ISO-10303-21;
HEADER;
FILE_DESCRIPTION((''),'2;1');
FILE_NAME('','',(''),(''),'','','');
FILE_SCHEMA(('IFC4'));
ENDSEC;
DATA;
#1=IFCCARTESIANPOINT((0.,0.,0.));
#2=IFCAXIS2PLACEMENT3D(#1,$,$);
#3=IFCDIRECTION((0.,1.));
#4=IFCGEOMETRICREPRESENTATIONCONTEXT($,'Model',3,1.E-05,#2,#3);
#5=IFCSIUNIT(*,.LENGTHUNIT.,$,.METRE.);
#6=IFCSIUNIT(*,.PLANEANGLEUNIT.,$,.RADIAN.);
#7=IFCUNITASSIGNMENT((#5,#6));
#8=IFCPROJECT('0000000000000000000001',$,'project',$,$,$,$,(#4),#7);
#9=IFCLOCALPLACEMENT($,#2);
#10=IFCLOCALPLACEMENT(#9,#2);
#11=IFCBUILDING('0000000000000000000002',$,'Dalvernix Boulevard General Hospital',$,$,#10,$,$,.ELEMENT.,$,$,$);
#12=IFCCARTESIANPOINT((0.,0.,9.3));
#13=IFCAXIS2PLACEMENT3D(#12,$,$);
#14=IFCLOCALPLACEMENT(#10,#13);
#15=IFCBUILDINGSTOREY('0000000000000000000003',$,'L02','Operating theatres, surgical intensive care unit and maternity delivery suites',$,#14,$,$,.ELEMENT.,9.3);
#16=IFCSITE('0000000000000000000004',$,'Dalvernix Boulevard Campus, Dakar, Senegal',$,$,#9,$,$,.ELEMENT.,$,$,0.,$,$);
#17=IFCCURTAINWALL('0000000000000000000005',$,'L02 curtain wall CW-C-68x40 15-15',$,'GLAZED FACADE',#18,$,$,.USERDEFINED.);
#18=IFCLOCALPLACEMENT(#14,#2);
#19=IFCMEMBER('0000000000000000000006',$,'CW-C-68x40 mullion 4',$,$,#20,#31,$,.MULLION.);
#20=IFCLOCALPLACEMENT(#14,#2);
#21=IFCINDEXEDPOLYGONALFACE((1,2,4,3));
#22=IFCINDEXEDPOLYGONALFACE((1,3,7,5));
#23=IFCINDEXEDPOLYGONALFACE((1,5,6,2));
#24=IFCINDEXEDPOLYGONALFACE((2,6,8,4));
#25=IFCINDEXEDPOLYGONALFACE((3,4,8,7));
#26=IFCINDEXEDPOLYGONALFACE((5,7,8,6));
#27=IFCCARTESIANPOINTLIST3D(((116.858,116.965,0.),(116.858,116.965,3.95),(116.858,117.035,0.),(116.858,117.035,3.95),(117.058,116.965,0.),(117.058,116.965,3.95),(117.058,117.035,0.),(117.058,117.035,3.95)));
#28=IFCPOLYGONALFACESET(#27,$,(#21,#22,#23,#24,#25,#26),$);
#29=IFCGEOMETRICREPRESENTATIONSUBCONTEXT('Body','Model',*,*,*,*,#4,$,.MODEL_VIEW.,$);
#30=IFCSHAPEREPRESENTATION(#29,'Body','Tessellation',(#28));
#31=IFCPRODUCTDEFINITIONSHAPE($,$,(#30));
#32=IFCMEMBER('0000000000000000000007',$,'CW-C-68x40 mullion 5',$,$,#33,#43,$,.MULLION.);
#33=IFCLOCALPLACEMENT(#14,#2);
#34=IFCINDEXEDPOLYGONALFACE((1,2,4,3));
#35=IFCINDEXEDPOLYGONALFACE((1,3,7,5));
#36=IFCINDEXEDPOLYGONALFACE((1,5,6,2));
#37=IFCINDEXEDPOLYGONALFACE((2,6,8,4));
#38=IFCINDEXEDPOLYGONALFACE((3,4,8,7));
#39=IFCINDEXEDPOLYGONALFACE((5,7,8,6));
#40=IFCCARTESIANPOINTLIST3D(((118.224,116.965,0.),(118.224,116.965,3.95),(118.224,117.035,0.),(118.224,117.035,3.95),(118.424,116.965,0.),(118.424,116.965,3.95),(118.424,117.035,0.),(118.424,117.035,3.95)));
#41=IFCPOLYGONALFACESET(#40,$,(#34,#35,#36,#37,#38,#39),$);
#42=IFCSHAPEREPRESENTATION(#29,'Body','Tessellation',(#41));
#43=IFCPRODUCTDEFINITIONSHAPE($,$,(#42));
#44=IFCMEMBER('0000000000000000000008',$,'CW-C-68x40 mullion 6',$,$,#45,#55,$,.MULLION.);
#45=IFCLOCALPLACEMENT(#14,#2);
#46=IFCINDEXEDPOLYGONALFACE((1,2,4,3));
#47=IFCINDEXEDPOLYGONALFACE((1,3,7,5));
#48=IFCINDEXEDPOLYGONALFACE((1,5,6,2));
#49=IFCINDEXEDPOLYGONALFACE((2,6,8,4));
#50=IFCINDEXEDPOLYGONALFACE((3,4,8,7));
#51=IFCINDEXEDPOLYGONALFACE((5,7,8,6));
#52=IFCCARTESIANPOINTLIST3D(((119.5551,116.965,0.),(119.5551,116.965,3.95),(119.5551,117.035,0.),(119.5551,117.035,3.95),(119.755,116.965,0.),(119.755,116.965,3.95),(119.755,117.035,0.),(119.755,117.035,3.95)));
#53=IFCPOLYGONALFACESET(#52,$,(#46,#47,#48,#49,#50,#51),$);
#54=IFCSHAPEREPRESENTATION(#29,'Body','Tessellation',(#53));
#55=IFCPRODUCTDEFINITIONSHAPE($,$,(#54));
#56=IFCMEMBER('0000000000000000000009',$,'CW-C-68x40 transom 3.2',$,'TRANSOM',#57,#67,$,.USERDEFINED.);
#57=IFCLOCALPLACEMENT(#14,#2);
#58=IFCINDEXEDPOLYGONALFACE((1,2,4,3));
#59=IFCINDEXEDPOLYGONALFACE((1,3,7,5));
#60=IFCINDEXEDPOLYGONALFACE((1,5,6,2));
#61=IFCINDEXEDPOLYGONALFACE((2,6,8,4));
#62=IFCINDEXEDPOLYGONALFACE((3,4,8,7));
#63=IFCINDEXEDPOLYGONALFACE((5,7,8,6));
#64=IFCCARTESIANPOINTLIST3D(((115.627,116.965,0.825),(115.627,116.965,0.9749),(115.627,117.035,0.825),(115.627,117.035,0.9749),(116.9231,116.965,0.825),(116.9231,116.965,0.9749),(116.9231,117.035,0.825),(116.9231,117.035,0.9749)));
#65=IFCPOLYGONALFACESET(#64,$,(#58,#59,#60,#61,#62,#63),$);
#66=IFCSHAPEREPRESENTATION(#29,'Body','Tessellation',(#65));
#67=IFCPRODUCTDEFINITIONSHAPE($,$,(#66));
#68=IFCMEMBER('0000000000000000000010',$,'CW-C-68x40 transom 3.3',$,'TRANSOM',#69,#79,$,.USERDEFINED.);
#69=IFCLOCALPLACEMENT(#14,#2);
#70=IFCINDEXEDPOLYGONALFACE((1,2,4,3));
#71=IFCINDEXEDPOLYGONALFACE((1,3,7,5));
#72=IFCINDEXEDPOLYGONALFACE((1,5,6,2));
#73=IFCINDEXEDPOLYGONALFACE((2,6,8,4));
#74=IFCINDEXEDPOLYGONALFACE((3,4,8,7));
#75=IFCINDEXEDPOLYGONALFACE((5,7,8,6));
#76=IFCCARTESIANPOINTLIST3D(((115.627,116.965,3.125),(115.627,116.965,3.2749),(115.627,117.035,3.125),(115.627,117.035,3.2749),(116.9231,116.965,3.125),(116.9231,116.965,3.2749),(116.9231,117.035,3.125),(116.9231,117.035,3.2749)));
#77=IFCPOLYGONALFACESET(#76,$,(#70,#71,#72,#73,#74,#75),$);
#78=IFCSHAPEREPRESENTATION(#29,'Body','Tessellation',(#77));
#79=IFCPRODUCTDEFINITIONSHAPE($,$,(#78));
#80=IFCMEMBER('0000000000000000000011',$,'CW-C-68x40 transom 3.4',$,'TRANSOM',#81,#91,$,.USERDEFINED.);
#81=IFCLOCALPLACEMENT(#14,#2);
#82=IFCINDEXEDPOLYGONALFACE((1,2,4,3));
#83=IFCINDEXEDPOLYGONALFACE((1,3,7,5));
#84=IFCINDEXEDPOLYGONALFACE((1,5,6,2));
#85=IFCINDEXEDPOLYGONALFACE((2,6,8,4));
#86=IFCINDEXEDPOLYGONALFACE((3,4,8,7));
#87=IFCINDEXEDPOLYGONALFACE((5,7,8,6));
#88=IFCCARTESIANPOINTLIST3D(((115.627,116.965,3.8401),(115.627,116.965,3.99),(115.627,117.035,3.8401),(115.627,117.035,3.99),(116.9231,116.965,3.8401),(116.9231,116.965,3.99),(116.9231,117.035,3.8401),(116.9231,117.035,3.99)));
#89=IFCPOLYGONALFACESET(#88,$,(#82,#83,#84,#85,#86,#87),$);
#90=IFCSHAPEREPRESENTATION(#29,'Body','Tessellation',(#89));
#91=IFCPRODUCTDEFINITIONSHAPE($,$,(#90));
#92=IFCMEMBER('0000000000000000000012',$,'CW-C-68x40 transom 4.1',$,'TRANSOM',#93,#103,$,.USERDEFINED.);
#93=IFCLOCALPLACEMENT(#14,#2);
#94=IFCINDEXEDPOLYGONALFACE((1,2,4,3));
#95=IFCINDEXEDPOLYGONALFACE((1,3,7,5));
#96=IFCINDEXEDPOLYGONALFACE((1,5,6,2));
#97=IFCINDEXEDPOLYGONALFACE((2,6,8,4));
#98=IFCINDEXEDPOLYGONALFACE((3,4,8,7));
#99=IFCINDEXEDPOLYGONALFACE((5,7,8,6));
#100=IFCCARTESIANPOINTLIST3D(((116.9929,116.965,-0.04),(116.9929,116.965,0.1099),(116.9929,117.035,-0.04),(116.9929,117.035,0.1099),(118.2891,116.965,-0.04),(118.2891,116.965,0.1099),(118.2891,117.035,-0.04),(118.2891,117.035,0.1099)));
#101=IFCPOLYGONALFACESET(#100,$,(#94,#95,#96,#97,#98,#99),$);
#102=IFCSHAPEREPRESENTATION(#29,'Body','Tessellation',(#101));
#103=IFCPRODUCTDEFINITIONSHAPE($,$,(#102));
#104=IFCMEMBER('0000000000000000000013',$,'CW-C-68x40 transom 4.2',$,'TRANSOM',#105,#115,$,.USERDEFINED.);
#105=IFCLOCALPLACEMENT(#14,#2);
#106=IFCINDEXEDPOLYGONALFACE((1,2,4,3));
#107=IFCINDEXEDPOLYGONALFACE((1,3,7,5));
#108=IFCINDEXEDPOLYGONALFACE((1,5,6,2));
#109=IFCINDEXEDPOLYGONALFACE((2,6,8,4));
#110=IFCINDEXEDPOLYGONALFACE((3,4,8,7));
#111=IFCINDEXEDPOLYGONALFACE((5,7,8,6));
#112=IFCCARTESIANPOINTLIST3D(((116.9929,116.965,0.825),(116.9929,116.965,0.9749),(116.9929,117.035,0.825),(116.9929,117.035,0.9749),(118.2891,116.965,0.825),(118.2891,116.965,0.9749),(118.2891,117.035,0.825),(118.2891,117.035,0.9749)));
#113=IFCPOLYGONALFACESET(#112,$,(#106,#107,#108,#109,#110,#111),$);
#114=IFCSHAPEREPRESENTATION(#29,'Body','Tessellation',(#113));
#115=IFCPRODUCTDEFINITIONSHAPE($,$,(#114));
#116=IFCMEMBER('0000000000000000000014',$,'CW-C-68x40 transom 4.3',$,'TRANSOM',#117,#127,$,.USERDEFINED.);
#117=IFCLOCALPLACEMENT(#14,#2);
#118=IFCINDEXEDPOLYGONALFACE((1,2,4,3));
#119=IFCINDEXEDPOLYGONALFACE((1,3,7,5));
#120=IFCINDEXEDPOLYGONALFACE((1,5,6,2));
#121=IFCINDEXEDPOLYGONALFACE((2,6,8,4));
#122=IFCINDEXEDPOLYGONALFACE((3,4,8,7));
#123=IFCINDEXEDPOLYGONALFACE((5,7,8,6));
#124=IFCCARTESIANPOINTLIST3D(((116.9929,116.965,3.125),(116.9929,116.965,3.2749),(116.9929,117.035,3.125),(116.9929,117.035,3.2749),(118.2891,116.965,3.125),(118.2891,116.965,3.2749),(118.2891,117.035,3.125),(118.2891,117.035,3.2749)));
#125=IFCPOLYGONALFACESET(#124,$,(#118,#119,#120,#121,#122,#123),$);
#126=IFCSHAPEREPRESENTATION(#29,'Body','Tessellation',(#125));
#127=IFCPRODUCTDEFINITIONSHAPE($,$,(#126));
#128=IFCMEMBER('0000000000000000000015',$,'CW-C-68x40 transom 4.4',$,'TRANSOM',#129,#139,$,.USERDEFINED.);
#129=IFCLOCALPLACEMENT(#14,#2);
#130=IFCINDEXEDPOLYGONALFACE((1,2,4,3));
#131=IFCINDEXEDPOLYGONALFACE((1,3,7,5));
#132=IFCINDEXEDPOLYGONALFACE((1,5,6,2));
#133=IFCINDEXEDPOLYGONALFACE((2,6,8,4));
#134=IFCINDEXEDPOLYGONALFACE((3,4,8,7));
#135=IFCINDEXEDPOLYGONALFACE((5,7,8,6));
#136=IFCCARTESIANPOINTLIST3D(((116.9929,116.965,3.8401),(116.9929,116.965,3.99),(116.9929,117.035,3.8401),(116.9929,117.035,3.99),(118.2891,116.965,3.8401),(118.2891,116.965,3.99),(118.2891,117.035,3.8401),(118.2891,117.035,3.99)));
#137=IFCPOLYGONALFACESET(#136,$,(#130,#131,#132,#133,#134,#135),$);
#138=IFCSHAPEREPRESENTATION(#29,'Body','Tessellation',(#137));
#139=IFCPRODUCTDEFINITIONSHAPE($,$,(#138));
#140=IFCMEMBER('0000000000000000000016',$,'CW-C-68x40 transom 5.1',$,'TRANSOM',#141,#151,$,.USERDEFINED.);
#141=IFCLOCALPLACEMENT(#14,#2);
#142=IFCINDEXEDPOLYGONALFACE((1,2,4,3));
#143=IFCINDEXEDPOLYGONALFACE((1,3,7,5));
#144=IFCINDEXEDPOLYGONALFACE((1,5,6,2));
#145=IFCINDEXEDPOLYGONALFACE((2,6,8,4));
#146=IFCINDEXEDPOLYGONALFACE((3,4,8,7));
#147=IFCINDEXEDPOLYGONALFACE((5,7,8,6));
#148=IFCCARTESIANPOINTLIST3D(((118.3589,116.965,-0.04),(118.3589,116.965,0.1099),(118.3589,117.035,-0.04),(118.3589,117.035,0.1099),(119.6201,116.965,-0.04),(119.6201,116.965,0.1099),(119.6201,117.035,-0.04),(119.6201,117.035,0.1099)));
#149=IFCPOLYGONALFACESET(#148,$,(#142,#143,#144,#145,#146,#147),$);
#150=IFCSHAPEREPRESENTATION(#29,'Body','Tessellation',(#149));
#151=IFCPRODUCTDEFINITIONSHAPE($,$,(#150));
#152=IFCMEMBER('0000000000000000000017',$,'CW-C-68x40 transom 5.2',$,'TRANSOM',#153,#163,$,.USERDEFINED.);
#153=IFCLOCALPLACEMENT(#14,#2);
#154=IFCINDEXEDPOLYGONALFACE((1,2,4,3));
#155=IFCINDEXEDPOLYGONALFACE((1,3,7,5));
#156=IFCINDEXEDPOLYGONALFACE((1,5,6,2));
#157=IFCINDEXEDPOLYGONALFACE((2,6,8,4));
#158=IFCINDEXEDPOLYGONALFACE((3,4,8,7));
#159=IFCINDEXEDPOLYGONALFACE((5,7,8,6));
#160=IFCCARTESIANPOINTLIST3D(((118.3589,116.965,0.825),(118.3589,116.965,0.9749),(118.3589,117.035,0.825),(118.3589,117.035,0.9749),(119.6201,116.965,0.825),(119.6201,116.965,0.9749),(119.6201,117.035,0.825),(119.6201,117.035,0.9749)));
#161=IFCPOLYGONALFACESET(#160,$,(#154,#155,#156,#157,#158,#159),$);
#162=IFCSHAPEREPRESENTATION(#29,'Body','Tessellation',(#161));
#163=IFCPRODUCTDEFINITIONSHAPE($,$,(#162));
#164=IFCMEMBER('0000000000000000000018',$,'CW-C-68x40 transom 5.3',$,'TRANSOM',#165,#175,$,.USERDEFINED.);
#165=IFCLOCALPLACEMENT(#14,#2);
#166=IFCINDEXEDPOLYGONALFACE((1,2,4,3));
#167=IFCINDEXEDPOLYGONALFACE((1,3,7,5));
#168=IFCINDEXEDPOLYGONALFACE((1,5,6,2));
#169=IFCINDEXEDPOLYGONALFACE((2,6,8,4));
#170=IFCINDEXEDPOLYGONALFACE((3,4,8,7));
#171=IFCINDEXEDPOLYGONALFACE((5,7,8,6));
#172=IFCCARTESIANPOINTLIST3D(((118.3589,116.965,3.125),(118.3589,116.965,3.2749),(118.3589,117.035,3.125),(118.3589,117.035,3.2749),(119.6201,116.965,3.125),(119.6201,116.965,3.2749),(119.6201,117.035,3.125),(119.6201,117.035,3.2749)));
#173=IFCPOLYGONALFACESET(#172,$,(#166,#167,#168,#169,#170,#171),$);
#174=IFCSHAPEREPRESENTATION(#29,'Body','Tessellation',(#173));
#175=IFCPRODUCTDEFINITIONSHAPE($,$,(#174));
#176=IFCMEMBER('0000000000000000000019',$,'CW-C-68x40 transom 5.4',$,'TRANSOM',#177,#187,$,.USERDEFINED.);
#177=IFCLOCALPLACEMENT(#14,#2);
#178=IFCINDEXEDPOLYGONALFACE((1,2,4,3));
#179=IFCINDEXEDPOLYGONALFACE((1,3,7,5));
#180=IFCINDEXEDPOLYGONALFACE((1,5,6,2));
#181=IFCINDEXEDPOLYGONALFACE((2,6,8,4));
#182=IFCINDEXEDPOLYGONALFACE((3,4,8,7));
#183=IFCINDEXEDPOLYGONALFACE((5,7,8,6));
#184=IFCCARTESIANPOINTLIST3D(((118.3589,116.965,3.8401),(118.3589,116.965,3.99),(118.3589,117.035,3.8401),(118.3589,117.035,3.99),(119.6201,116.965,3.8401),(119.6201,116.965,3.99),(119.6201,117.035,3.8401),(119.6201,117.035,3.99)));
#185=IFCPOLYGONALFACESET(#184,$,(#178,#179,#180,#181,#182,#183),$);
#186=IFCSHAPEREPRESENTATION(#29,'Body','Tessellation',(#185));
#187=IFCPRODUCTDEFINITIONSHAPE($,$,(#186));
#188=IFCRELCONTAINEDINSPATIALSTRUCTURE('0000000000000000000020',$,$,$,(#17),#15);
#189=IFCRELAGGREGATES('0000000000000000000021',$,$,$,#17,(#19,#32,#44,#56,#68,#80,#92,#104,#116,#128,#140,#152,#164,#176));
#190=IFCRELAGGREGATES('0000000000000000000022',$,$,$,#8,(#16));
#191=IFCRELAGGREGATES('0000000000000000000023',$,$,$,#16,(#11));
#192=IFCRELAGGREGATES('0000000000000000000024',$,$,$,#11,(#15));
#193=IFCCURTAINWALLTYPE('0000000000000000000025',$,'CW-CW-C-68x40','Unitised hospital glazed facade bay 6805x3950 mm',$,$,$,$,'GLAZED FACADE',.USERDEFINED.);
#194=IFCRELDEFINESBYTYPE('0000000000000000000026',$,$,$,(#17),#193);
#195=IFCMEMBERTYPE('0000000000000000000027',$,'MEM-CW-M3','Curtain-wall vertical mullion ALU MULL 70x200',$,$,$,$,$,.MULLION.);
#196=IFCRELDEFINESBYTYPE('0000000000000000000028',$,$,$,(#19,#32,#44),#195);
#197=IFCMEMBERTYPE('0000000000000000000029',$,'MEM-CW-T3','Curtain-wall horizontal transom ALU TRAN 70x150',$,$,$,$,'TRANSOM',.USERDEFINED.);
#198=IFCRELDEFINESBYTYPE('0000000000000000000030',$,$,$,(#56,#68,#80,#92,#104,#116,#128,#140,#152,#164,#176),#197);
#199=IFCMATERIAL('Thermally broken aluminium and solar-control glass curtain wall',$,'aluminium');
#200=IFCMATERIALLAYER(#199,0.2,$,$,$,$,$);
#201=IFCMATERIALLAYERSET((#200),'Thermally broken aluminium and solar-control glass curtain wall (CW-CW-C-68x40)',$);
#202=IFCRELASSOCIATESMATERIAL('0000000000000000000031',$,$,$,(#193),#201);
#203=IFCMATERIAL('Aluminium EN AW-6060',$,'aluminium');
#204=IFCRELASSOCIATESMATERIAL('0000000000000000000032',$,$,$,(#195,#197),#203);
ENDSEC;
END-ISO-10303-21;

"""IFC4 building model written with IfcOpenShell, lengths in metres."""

from ifc_helpers import new_model, si_unit, direction, frame, origin, origin_2d, place, context, subcontext, project, spatial, rectangle, extrude, material, layer, layer_set, material_profile, profile_set, type_object, element, aggregate, save


model = new_model("IFC4")

# Units and contexts
model_context = context("Model", 3, precision=1e-05, world=origin(), true_north=direction((0.0, 1.0)))
body_context = subcontext(model_context, "Body", "Model", "MODEL_VIEW")
ifc_project = project(units=[si_unit("LENGTHUNIT", "METRE"), si_unit("PLANEANGLEUNIT", "RADIAN")], contexts=[model_context])

# Site, building, storey
site_placement = place(None, origin())
site = spatial("IfcSite", under=ifc_project, at=site_placement, Name="Dalvernix Boulevard Campus, Dakar, Senegal", CompositionType="ELEMENT", RefElevation=0.0)
building_placement = place(site_placement, origin())
building = spatial("IfcBuilding", under=site, at=building_placement, Name="Dalvernix Boulevard General Hospital", CompositionType="ELEMENT")
storey_placement = place(building_placement, frame((0.0, 0.0, 9.3)))
storey = spatial("IfcBuildingStorey", under=building, at=storey_placement, Name="L02", Description="Operating theatres, surgical intensive care unit and maternity delivery suites", CompositionType="ELEMENT", Elevation=9.3)

# Curtain wall, members
ifc_material_1 = material(Name="Thermally broken aluminium and solar-control glass curtain wall", Category="aluminium")
ifc_layer_1 = layer(ifc_material_1, 0.2)
ifc_layer_set_1 = layer_set([ifc_layer_1], Name="Thermally broken aluminium and solar-control glass curtain wall (CW-CW-C-68x40)")
curtain_wall_type = type_object("IfcCurtainWallType", Name="CW-CW-C-68x40", Description="Unitised hospital glazed facade bay 6805x3950 mm", ElementType="GLAZED FACADE", PredefinedType="USERDEFINED", material=ifc_layer_set_1)
curtain_wall_placement = place(storey_placement, origin())
curtain_wall = element("IfcCurtainWall", 1, at=curtain_wall_placement, inside=storey, type_object=curtain_wall_type, Name="L02 curtain wall CW-C-68x40 15-15", ObjectType="GLAZED FACADE", PredefinedType="USERDEFINED")
ifc_material_2 = material(Name="Aluminium EN AW-6060", Category="aluminium")
ifc_material_profile_1 = material_profile(ifc_material_2, rectangle(XDim=0.0701, YDim=0.2, at=origin_2d()), Name="ALU MULL 70x200")
ifc_profile_set_1 = profile_set([ifc_material_profile_1], Name="Aluminium EN AW-6060")
member_type_1 = type_object("IfcMemberType", Name="MEM-CW-M3", Description="Curtain-wall vertical mullion ALU MULL 70x200", PredefinedType="MULLION", material=ifc_profile_set_1)
member_1_placement = place(storey_placement, frame((116.958, 117.0, 0.0), z_axis=(0.0, 0.0, 1.0), x_axis=(0.0, 1.0, 0.0)))
member_1 = element("IfcMember", 2, at=member_1_placement, type_object=member_type_1, Name="CW-C-68x40 mullion 4", PredefinedType="MULLION", context=body_context, shape_type="SweptSolid", body=[
    extrude(rectangle(XDim=0.0701, YDim=0.2, at=origin_2d()), origin(), (0.0, 0.0, 1.0), 3.95),
])
member_2_placement = place(storey_placement, frame((118.324, 117.0, 0.0), z_axis=(0.0, 0.0, 1.0), x_axis=(0.0, 1.0, 0.0)))
member_2 = element("IfcMember", 3, at=member_2_placement, type_object=member_type_1, Name="CW-C-68x40 mullion 5", PredefinedType="MULLION", context=body_context, shape_type="SweptSolid", body=[
    extrude(rectangle(XDim=0.0701, YDim=0.2, at=origin_2d()), origin(), (0.0, 0.0, 1.0), 3.95),
])
member_3_placement = place(storey_placement, frame((119.655, 117.0, 0.0), z_axis=(0.0, 0.0, 1.0), x_axis=(0.0, 1.0, 0.0)))
member_3 = element("IfcMember", 4, at=member_3_placement, type_object=member_type_1, Name="CW-C-68x40 mullion 6", PredefinedType="MULLION", context=body_context, shape_type="SweptSolid", body=[
    extrude(rectangle(XDim=0.0701, YDim=0.2, at=origin_2d()), origin(), (0.0, 0.0, 1.0), 3.95),
])
ifc_material_profile_2 = material_profile(ifc_material_2, rectangle(XDim=0.0701, YDim=0.1499, at=origin_2d()), Name="ALU TRAN 70x150")
ifc_profile_set_2 = profile_set([ifc_material_profile_2], Name="Aluminium EN AW-6060")
member_type_2 = type_object("IfcMemberType", Name="MEM-CW-T3", Description="Curtain-wall horizontal transom ALU TRAN 70x150", ElementType="TRANSOM", PredefinedType="USERDEFINED", material=ifc_profile_set_2)
member_4_placement = place(storey_placement, frame((115.627, 117.0, 0.8999), z_axis=(1.0, 0.0, 0.0), x_axis=(0.0, 1.0, 0.0)))
member_4 = element("IfcMember", 5, at=member_4_placement, type_object=member_type_2, Name="CW-C-68x40 transom 3.2", ObjectType="TRANSOM", PredefinedType="USERDEFINED", context=body_context, shape_type="SweptSolid", body=[
    extrude(rectangle(XDim=0.0701, YDim=0.1499, at=origin_2d()), origin(), (0.0, 0.0, 1.0), 1.2961),
])
member_5_placement = place(storey_placement, frame((115.627, 117.0, 3.2), z_axis=(1.0, 0.0, 0.0), x_axis=(0.0, 1.0, 0.0)))
member_5 = element("IfcMember", 6, at=member_5_placement, type_object=member_type_2, Name="CW-C-68x40 transom 3.3", ObjectType="TRANSOM", PredefinedType="USERDEFINED", context=body_context, shape_type="SweptSolid", body=[
    extrude(rectangle(XDim=0.0701, YDim=0.1499, at=origin_2d()), origin(), (0.0, 0.0, 1.0), 1.2961),
])
member_6_placement = place(storey_placement, frame((115.627, 117.0, 3.915), z_axis=(1.0, 0.0, 0.0), x_axis=(0.0, 1.0, 0.0)))
member_6 = element("IfcMember", 7, at=member_6_placement, type_object=member_type_2, Name="CW-C-68x40 transom 3.4", ObjectType="TRANSOM", PredefinedType="USERDEFINED", context=body_context, shape_type="SweptSolid", body=[
    extrude(rectangle(XDim=0.0701, YDim=0.1499, at=origin_2d()), origin(), (0.0, 0.0, 1.0), 1.2961),
])
member_7_placement = place(storey_placement, frame((116.9929, 117.0, 0.0349), z_axis=(1.0, 0.0, 0.0), x_axis=(0.0, 1.0, 0.0)))
member_7 = element("IfcMember", 8, at=member_7_placement, type_object=member_type_2, Name="CW-C-68x40 transom 4.1", ObjectType="TRANSOM", PredefinedType="USERDEFINED", context=body_context, shape_type="SweptSolid", body=[
    extrude(rectangle(XDim=0.0701, YDim=0.1499, at=origin_2d()), origin(), (0.0, 0.0, 1.0), 1.2961),
])
member_8_placement = place(storey_placement, frame((116.9929, 117.0, 0.8999), z_axis=(1.0, 0.0, 0.0), x_axis=(0.0, 1.0, 0.0)))
member_8 = element("IfcMember", 9, at=member_8_placement, type_object=member_type_2, Name="CW-C-68x40 transom 4.2", ObjectType="TRANSOM", PredefinedType="USERDEFINED", context=body_context, shape_type="SweptSolid", body=[
    extrude(rectangle(XDim=0.0701, YDim=0.1499, at=origin_2d()), origin(), (0.0, 0.0, 1.0), 1.2961),
])
member_9_placement = place(storey_placement, frame((116.9929, 117.0, 3.2), z_axis=(1.0, 0.0, 0.0), x_axis=(0.0, 1.0, 0.0)))
member_9 = element("IfcMember", 10, at=member_9_placement, type_object=member_type_2, Name="CW-C-68x40 transom 4.3", ObjectType="TRANSOM", PredefinedType="USERDEFINED", context=body_context, shape_type="SweptSolid", body=[
    extrude(rectangle(XDim=0.0701, YDim=0.1499, at=origin_2d()), origin(), (0.0, 0.0, 1.0), 1.2961),
])
member_10_placement = place(storey_placement, frame((116.9929, 117.0, 3.915), z_axis=(1.0, 0.0, 0.0), x_axis=(0.0, 1.0, 0.0)))
member_10 = element("IfcMember", 11, at=member_10_placement, type_object=member_type_2, Name="CW-C-68x40 transom 4.4", ObjectType="TRANSOM", PredefinedType="USERDEFINED", context=body_context, shape_type="SweptSolid", body=[
    extrude(rectangle(XDim=0.0701, YDim=0.1499, at=origin_2d()), origin(), (0.0, 0.0, 1.0), 1.2961),
])
member_11_placement = place(storey_placement, frame((118.3589, 117.0, 0.0349), z_axis=(1.0, 0.0, 0.0), x_axis=(0.0, 1.0, 0.0)))
member_11 = element("IfcMember", 12, at=member_11_placement, type_object=member_type_2, Name="CW-C-68x40 transom 5.1", ObjectType="TRANSOM", PredefinedType="USERDEFINED", context=body_context, shape_type="SweptSolid", body=[
    extrude(rectangle(XDim=0.0701, YDim=0.1499, at=origin_2d()), origin(), (0.0, 0.0, 1.0), 1.2612),
])
member_12_placement = place(storey_placement, frame((118.3589, 117.0, 0.8999), z_axis=(1.0, 0.0, 0.0), x_axis=(0.0, 1.0, 0.0)))
member_12 = element("IfcMember", 13, at=member_12_placement, type_object=member_type_2, Name="CW-C-68x40 transom 5.2", ObjectType="TRANSOM", PredefinedType="USERDEFINED", context=body_context, shape_type="SweptSolid", body=[
    extrude(rectangle(XDim=0.0701, YDim=0.1499, at=origin_2d()), origin(), (0.0, 0.0, 1.0), 1.2612),
])
member_13_placement = place(storey_placement, frame((118.3589, 117.0, 3.2), z_axis=(1.0, 0.0, 0.0), x_axis=(0.0, 1.0, 0.0)))
member_13 = element("IfcMember", 14, at=member_13_placement, type_object=member_type_2, Name="CW-C-68x40 transom 5.3", ObjectType="TRANSOM", PredefinedType="USERDEFINED", context=body_context, shape_type="SweptSolid", body=[
    extrude(rectangle(XDim=0.0701, YDim=0.1499, at=origin_2d()), origin(), (0.0, 0.0, 1.0), 1.2612),
])
member_14_placement = place(storey_placement, frame((118.3589, 117.0, 3.915), z_axis=(1.0, 0.0, 0.0), x_axis=(0.0, 1.0, 0.0)))
member_14 = element("IfcMember", 15, at=member_14_placement, type_object=member_type_2, Name="CW-C-68x40 transom 5.4", ObjectType="TRANSOM", PredefinedType="USERDEFINED", context=body_context, shape_type="SweptSolid", body=[
    extrude(rectangle(XDim=0.0701, YDim=0.1499, at=origin_2d()), origin(), (0.0, 0.0, 1.0), 1.2612),
])
aggregate(curtain_wall, [member_1, member_2, member_3, member_4, member_5, member_6, member_7, member_8, member_9, member_10, member_11, member_12, member_13, member_14])

save(model, "model.ifc")
